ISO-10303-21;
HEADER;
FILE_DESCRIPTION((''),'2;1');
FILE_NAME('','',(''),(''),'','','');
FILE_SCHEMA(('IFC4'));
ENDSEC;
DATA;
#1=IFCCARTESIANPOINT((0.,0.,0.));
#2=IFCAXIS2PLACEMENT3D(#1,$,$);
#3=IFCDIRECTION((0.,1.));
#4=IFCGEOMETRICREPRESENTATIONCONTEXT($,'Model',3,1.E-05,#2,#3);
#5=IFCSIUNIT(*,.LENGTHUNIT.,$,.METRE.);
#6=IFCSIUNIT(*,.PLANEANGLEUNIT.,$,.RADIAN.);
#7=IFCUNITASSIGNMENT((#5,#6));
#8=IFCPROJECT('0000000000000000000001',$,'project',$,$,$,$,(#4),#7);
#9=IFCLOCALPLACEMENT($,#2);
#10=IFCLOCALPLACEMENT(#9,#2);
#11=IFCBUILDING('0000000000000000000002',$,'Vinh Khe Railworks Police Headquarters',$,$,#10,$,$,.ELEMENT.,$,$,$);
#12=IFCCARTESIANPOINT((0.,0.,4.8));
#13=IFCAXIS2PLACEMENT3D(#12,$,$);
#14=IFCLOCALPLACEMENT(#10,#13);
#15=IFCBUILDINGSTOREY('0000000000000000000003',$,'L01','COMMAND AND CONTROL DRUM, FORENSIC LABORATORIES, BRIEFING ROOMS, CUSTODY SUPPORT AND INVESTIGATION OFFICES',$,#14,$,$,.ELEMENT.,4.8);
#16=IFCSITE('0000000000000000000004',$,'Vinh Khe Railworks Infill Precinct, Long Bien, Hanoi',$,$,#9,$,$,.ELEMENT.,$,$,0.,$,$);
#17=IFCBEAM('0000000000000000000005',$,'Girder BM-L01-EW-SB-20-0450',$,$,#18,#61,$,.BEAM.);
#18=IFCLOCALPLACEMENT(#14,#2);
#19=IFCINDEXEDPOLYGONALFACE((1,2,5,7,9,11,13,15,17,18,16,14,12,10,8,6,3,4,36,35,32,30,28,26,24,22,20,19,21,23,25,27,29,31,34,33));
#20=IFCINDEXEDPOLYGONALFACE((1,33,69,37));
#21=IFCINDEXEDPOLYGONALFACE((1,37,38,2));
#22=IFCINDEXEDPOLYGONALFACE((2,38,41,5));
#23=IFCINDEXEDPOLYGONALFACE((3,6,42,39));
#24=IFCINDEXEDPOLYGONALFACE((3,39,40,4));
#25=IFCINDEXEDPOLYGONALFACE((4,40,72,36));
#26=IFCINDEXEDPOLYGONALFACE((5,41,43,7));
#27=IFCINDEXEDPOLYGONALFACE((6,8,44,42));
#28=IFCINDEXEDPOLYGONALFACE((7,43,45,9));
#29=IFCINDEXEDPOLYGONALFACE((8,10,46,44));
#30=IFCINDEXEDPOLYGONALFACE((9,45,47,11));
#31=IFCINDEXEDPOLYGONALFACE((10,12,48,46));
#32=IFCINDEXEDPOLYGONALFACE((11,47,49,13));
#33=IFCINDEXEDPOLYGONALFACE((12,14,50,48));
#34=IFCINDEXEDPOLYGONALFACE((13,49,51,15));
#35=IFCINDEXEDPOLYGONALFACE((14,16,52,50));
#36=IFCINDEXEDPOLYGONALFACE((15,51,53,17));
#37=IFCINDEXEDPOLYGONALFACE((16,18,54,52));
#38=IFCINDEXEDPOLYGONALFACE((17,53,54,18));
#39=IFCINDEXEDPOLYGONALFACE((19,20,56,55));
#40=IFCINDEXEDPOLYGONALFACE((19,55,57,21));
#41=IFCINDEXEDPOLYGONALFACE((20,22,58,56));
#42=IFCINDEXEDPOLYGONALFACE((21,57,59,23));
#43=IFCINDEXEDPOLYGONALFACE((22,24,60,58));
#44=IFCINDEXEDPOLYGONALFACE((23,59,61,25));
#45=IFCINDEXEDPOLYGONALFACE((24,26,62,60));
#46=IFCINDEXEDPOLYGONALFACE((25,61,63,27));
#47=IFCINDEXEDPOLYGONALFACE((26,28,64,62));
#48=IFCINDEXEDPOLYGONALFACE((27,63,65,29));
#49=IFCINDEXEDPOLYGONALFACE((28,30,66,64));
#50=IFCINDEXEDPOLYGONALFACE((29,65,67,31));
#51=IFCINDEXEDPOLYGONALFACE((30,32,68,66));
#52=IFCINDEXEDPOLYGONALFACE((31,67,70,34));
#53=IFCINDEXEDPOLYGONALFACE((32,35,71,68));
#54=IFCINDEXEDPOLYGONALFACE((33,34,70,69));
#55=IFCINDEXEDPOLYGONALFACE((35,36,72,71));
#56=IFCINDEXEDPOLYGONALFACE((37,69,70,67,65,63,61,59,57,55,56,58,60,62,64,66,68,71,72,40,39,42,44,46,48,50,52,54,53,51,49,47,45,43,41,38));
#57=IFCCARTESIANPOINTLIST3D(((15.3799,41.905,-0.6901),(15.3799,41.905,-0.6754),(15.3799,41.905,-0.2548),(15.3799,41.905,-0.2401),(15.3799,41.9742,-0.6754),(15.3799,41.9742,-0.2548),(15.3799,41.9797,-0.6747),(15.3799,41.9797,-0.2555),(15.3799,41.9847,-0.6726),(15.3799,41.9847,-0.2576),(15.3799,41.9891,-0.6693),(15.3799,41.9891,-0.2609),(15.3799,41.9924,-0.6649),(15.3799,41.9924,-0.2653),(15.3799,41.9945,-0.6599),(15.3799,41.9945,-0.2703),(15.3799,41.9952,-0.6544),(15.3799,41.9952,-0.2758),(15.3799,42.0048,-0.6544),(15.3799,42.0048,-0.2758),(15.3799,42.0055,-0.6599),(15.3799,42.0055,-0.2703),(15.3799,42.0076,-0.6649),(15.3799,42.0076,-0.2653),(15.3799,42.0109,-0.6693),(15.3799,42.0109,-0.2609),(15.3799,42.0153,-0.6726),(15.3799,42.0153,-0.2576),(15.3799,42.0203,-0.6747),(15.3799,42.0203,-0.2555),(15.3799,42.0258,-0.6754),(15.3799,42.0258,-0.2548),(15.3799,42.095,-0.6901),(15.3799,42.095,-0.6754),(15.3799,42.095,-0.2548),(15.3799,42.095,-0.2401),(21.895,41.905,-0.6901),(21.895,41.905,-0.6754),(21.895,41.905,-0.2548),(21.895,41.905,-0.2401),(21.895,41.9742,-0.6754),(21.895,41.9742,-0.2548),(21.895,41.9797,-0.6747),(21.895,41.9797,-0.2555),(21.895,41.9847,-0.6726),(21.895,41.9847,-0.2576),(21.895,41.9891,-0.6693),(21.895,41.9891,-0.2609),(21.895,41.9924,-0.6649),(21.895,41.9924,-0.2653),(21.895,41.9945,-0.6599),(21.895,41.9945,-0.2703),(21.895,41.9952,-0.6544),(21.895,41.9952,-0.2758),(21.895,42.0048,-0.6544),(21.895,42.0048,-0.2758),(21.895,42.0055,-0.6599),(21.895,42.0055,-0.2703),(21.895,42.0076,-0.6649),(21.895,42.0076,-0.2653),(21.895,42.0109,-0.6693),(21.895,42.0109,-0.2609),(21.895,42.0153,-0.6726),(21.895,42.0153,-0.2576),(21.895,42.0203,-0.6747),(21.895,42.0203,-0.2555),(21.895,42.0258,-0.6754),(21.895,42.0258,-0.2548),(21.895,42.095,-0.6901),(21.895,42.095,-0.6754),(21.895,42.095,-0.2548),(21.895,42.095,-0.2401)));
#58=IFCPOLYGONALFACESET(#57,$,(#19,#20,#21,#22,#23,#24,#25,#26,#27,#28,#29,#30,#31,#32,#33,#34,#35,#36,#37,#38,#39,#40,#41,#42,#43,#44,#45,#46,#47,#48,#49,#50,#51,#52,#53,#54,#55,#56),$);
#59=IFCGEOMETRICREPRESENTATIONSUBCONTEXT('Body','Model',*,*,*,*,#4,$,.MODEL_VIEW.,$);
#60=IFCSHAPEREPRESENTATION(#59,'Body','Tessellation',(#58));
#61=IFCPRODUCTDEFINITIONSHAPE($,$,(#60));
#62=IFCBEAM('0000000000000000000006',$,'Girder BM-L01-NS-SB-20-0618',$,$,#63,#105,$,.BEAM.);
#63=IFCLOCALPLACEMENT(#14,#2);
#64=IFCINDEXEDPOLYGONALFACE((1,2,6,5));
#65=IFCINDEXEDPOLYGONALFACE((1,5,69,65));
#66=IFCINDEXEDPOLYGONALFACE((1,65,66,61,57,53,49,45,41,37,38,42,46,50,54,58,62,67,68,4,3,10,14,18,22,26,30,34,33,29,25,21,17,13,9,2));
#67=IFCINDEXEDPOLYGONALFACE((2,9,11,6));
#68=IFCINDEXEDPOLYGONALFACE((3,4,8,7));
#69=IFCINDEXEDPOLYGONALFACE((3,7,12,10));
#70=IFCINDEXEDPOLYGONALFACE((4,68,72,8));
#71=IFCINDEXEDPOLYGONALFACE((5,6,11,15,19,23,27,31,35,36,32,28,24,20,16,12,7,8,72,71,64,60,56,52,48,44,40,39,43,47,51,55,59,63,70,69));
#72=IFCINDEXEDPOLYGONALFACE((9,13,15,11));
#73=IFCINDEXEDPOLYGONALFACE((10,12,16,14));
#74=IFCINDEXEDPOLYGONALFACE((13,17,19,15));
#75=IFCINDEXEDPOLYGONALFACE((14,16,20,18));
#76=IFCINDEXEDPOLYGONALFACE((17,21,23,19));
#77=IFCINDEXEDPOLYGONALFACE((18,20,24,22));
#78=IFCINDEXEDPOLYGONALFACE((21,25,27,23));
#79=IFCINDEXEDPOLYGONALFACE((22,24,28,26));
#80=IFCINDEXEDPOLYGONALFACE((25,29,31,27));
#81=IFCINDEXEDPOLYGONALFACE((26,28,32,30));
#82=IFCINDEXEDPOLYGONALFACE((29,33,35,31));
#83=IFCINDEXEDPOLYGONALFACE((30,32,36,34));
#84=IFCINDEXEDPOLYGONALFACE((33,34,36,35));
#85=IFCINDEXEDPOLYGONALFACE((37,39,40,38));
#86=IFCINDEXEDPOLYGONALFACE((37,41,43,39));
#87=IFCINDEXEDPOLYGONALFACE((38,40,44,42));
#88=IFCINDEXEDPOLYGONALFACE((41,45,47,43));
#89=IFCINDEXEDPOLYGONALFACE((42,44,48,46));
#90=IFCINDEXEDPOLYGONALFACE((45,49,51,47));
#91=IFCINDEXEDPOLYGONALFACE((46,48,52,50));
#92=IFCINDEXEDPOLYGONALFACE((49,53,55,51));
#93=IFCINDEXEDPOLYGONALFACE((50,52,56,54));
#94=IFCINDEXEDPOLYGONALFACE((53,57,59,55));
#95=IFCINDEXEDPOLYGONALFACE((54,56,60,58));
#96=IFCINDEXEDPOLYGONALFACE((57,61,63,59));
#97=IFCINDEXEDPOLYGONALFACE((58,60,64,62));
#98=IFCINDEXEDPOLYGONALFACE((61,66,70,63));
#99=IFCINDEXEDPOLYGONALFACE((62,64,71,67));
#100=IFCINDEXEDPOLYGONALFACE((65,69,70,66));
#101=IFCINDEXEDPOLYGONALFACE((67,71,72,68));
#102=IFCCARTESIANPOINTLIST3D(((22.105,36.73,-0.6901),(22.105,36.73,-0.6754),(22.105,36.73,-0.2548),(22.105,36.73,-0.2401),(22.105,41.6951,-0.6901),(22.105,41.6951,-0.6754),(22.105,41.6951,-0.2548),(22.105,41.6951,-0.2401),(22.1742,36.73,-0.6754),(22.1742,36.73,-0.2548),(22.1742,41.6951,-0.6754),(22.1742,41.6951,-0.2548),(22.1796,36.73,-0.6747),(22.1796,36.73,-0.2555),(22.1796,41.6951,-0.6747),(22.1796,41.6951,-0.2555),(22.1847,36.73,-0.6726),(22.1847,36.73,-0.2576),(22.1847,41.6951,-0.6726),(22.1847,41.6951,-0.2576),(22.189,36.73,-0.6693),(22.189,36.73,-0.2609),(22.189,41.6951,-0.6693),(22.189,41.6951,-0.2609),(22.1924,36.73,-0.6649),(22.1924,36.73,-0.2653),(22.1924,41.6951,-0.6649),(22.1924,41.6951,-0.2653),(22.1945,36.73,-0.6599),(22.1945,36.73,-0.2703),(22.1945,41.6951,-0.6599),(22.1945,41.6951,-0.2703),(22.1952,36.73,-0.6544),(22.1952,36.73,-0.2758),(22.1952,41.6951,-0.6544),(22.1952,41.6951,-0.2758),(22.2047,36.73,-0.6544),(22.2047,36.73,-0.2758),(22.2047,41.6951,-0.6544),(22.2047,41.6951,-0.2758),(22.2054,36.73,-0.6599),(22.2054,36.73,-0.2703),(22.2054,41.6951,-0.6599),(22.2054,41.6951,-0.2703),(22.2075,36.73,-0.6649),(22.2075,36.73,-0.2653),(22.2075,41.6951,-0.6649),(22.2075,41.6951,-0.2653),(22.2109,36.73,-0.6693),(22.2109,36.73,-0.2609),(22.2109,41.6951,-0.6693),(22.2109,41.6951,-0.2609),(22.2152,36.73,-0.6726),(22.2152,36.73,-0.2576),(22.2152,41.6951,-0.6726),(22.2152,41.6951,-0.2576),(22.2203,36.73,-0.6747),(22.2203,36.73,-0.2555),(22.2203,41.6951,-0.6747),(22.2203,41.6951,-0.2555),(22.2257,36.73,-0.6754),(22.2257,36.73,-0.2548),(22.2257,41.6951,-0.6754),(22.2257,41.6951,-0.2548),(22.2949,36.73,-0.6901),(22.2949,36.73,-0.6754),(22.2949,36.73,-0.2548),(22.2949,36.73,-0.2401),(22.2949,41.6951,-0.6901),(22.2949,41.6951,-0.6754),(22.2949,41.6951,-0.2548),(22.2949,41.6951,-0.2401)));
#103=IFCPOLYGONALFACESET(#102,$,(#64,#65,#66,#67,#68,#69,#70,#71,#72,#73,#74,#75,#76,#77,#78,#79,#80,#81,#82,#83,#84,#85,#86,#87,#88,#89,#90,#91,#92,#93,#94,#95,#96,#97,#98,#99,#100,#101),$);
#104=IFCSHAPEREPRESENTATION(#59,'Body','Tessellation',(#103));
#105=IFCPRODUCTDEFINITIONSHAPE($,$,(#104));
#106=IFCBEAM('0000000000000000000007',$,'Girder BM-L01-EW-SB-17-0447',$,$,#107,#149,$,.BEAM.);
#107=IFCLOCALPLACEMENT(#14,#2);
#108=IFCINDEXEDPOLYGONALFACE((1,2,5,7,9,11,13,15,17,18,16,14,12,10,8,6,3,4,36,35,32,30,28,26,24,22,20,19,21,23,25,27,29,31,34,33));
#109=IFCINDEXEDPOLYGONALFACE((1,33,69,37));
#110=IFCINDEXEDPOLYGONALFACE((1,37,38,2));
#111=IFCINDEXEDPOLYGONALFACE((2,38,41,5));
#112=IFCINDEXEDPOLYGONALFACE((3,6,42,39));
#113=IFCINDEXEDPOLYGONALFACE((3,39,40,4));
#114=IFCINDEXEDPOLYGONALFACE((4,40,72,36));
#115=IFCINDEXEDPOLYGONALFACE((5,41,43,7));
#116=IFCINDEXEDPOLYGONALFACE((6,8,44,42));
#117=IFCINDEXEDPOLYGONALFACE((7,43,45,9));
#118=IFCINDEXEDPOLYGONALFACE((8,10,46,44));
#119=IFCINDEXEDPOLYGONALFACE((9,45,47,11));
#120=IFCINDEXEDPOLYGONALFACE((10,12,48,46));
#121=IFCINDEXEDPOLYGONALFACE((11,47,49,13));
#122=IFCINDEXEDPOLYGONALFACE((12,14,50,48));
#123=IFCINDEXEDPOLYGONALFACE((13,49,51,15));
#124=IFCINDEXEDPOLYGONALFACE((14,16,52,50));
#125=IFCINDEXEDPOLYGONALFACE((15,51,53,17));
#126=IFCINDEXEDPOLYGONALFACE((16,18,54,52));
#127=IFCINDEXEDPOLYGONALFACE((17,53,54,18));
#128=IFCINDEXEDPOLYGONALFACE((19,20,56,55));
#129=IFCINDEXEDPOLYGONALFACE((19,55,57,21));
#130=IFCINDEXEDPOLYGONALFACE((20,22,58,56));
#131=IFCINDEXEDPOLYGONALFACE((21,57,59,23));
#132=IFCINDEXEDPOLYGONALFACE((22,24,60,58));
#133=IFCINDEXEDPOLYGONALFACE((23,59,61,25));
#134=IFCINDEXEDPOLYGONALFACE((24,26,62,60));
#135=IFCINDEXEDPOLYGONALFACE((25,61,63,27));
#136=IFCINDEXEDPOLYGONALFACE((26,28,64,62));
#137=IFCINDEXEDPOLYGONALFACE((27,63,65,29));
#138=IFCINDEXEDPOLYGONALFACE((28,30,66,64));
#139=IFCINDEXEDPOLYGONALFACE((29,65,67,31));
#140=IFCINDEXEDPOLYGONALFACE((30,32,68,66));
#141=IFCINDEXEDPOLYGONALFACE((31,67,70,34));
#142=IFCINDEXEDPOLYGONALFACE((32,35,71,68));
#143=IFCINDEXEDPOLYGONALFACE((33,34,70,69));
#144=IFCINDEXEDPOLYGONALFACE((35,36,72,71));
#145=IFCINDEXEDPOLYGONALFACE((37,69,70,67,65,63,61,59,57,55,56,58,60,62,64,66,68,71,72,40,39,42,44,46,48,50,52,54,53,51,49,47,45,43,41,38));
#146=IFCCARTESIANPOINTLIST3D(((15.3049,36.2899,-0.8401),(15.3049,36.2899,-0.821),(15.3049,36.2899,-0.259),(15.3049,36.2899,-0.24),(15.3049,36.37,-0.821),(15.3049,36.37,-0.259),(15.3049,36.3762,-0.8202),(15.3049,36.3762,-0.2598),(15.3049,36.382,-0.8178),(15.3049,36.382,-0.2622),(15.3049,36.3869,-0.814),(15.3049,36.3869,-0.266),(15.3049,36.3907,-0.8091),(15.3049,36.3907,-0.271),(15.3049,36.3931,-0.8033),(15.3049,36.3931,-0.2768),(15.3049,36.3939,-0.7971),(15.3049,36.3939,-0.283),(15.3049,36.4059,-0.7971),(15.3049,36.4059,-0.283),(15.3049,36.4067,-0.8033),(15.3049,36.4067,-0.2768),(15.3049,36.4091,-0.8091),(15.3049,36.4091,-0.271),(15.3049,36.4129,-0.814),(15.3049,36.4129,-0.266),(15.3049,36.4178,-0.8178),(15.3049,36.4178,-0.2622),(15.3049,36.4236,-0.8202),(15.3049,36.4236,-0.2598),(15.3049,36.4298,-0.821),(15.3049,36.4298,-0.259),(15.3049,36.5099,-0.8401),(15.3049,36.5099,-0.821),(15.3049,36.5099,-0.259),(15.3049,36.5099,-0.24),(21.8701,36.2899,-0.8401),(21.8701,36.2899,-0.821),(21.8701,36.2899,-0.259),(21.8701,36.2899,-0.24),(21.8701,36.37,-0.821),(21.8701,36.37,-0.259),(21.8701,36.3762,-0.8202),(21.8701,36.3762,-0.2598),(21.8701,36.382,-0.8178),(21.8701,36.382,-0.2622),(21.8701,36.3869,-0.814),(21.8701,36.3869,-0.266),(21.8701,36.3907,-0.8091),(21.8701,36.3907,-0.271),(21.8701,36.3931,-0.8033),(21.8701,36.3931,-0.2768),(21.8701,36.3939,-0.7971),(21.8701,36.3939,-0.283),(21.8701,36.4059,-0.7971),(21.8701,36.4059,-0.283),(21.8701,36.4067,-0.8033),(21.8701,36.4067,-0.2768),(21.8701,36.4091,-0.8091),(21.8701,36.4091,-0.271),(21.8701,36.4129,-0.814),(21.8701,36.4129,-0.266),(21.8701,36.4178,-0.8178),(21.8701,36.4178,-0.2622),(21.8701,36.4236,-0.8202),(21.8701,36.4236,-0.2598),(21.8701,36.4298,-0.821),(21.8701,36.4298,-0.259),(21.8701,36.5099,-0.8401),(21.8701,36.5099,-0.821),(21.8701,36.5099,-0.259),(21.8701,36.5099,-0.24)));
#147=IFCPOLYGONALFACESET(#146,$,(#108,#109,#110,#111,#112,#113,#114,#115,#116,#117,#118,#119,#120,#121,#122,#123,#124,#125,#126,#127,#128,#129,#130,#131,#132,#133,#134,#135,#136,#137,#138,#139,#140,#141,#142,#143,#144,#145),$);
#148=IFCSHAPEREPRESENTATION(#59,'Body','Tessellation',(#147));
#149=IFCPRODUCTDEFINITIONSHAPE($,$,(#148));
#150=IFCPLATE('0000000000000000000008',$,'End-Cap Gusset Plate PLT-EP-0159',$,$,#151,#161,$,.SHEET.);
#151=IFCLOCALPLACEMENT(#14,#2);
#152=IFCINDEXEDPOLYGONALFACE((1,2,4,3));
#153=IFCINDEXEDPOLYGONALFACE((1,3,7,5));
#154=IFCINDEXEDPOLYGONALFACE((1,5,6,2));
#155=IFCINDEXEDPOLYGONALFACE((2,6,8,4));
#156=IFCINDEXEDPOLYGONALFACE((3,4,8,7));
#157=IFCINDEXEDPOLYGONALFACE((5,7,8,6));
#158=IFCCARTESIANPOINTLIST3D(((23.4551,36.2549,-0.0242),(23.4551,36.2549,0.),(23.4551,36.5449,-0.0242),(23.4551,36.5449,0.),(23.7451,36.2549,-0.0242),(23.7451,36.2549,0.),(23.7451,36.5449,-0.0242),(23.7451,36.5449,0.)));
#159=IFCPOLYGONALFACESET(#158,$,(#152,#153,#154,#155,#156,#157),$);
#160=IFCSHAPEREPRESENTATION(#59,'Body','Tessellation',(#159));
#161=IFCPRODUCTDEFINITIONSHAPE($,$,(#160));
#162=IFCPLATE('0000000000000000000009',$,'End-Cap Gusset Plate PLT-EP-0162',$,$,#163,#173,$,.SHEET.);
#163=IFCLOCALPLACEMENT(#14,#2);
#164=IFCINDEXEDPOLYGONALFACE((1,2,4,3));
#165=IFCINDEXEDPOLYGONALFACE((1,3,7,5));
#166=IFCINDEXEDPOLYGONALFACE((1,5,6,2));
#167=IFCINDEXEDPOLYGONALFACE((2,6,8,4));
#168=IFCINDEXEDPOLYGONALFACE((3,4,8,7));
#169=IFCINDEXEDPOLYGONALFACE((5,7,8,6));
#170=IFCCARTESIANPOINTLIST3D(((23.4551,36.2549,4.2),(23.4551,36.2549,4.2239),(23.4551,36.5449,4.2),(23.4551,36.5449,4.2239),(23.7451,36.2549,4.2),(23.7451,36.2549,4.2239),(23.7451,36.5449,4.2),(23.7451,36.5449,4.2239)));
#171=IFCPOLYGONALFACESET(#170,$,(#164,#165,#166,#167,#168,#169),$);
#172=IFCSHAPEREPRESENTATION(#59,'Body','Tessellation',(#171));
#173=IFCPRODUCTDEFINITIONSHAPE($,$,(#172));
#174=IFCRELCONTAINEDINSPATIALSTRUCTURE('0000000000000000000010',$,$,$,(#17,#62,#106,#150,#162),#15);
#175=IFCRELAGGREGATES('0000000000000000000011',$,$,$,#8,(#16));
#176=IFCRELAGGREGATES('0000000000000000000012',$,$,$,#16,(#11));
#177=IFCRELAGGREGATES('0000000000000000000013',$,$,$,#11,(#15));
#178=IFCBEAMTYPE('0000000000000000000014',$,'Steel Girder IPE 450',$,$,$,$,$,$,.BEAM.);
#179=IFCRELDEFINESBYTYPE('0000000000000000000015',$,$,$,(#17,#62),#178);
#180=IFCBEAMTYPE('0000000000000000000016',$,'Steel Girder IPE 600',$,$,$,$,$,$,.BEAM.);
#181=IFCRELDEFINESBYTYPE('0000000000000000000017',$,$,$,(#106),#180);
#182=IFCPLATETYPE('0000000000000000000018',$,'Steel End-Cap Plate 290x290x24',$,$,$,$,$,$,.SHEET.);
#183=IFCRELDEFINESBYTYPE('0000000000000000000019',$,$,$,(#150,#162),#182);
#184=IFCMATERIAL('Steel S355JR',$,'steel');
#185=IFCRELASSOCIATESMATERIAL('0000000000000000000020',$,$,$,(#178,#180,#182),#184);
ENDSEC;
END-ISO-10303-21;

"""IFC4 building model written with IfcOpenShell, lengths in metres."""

from ifc_helpers import new_model, si_unit, direction, frame, origin, origin_2d, place, context, subcontext, project, spatial, rectangle, i_section, extrude, material, material_profile, profile_set, type_object, element, save


model = new_model("IFC4")

# Units and contexts
model_context = context("Model", 3, precision=1e-05, world=origin(), true_north=direction((0.0, 1.0)))
body_context = subcontext(model_context, "Body", "Model", "MODEL_VIEW")
ifc_project = project(units=[si_unit("LENGTHUNIT", "METRE"), si_unit("PLANEANGLEUNIT", "RADIAN")], contexts=[model_context])

# Site, building, storey
site_placement = place(None, origin())
site = spatial("IfcSite", under=ifc_project, at=site_placement, Name="Vinh Khe Railworks Infill Precinct, Long Bien, Hanoi", CompositionType="ELEMENT", RefElevation=0.0)
building_placement = place(site_placement, origin())
building = spatial("IfcBuilding", under=site, at=building_placement, Name="Vinh Khe Railworks Police Headquarters", CompositionType="ELEMENT")
storey_placement = place(building_placement, frame((0.0, 0.0, 4.8)))
storey = spatial("IfcBuildingStorey", under=building, at=storey_placement, Name="L01", Description="COMMAND AND CONTROL DRUM, FORENSIC LABORATORIES, BRIEFING ROOMS, CUSTODY SUPPORT AND INVESTIGATION OFFICES", CompositionType="ELEMENT", Elevation=4.8)

# Shared definitions
ifc_material_1 = material(Name="Steel S355JR", Category="steel")

# Beams
ifc_material_profile_1 = material_profile(ifc_material_1, i_section(OverallWidth=0.1899, OverallDepth=0.45, WebThickness=0.0095, FlangeThickness=0.0146, FilletRadius=0.021, at=origin_2d()), Name="IPE 450")
ifc_profile_set_1 = profile_set([ifc_material_profile_1], Name="Steel S355JR")
beam_type_1 = type_object("IfcBeamType", Name="Steel Girder IPE 450", PredefinedType="BEAM", material=ifc_profile_set_1)
beam_1_placement = place(storey_placement, frame((15.3799, 42.0, -0.4651), z_axis=(1.0, 0.0, 0.0), x_axis=(0.0, 1.0, 0.0)))
element("IfcBeam", 1, at=beam_1_placement, inside=storey, type_object=beam_type_1, Name="Girder BM-L01-EW-SB-20-0450", PredefinedType="BEAM", context=body_context, shape_type="SweptSolid", body=[
    extrude(i_section(OverallWidth=0.1899, OverallDepth=0.45, WebThickness=0.0095, FlangeThickness=0.0146, FilletRadius=0.021, at=origin_2d()), origin(), (0.0, 0.0, 1.0), 6.5151),
])
beam_2_placement = place(storey_placement, frame((22.2, 36.73, -0.4651), z_axis=(0.0, 1.0, 0.0), x_axis=(-1.0, 0.0, 0.0)))
element("IfcBeam", 2, at=beam_2_placement, inside=storey, type_object=beam_type_1, Name="Girder BM-L01-NS-SB-20-0618", PredefinedType="BEAM", context=body_context, shape_type="SweptSolid", body=[
    extrude(i_section(OverallWidth=0.1899, OverallDepth=0.45, WebThickness=0.0095, FlangeThickness=0.0146, FilletRadius=0.021, at=origin_2d()), origin(), (0.0, 0.0, 1.0), 4.9651),
])
ifc_material_profile_2 = material_profile(ifc_material_1, i_section(OverallWidth=0.22, OverallDepth=0.6001, WebThickness=0.012, FlangeThickness=0.019, FilletRadius=0.0239, at=origin_2d()), Name="IPE 600")
ifc_profile_set_2 = profile_set([ifc_material_profile_2], Name="Steel S355JR")
beam_type_2 = type_object("IfcBeamType", Name="Steel Girder IPE 600", PredefinedType="BEAM", material=ifc_profile_set_2)
beam_3_placement = place(storey_placement, frame((15.3049, 36.3999, -0.54), z_axis=(1.0, 0.0, 0.0), x_axis=(0.0, 1.0, 0.0)))
element("IfcBeam", 3, at=beam_3_placement, inside=storey, type_object=beam_type_2, Name="Girder BM-L01-EW-SB-17-0447", PredefinedType="BEAM", context=body_context, shape_type="SweptSolid", body=[
    extrude(i_section(OverallWidth=0.22, OverallDepth=0.6001, WebThickness=0.012, FlangeThickness=0.019, FilletRadius=0.0239, at=origin_2d()), origin(), (0.0, 0.0, 1.0), 6.5652),
])

# Plates
ifc_material_profile_3 = material_profile(ifc_material_1, rectangle(XDim=0.29, YDim=0.29, at=origin_2d()), Name="PL 290x290")
ifc_profile_set_3 = profile_set([ifc_material_profile_3], Name="Steel S355JR")
plate_type = type_object("IfcPlateType", Name="Steel End-Cap Plate 290x290x24", PredefinedType="SHEET", material=ifc_profile_set_3)
plate_1_placement = place(storey_placement, frame((23.6001, 36.3999, 0.0), z_axis=(0.0, 0.0, -1.0), x_axis=(1.0, 0.0, 0.0)))
element("IfcPlate", 4, at=plate_1_placement, inside=storey, type_object=plate_type, Name="End-Cap Gusset Plate PLT-EP-0159", PredefinedType="SHEET", context=body_context, shape_type="SweptSolid", body=[
    extrude(rectangle(XDim=0.29, YDim=0.29, at=origin_2d()), origin(), (0.0, 0.0, 1.0), 0.0242),
])
plate_2_placement = place(storey_placement, frame((23.6001, 36.3999, 4.2), z_axis=(0.0, 0.0, 1.0), x_axis=(1.0, 0.0, 0.0)))
element("IfcPlate", 5, at=plate_2_placement, inside=storey, type_object=plate_type, Name="End-Cap Gusset Plate PLT-EP-0162", PredefinedType="SHEET", context=body_context, shape_type="SweptSolid", body=[
    extrude(rectangle(XDim=0.29, YDim=0.29, at=origin_2d()), origin(), (0.0, 0.0, 1.0), 0.0239),
])

save(model, "model.ifc")
